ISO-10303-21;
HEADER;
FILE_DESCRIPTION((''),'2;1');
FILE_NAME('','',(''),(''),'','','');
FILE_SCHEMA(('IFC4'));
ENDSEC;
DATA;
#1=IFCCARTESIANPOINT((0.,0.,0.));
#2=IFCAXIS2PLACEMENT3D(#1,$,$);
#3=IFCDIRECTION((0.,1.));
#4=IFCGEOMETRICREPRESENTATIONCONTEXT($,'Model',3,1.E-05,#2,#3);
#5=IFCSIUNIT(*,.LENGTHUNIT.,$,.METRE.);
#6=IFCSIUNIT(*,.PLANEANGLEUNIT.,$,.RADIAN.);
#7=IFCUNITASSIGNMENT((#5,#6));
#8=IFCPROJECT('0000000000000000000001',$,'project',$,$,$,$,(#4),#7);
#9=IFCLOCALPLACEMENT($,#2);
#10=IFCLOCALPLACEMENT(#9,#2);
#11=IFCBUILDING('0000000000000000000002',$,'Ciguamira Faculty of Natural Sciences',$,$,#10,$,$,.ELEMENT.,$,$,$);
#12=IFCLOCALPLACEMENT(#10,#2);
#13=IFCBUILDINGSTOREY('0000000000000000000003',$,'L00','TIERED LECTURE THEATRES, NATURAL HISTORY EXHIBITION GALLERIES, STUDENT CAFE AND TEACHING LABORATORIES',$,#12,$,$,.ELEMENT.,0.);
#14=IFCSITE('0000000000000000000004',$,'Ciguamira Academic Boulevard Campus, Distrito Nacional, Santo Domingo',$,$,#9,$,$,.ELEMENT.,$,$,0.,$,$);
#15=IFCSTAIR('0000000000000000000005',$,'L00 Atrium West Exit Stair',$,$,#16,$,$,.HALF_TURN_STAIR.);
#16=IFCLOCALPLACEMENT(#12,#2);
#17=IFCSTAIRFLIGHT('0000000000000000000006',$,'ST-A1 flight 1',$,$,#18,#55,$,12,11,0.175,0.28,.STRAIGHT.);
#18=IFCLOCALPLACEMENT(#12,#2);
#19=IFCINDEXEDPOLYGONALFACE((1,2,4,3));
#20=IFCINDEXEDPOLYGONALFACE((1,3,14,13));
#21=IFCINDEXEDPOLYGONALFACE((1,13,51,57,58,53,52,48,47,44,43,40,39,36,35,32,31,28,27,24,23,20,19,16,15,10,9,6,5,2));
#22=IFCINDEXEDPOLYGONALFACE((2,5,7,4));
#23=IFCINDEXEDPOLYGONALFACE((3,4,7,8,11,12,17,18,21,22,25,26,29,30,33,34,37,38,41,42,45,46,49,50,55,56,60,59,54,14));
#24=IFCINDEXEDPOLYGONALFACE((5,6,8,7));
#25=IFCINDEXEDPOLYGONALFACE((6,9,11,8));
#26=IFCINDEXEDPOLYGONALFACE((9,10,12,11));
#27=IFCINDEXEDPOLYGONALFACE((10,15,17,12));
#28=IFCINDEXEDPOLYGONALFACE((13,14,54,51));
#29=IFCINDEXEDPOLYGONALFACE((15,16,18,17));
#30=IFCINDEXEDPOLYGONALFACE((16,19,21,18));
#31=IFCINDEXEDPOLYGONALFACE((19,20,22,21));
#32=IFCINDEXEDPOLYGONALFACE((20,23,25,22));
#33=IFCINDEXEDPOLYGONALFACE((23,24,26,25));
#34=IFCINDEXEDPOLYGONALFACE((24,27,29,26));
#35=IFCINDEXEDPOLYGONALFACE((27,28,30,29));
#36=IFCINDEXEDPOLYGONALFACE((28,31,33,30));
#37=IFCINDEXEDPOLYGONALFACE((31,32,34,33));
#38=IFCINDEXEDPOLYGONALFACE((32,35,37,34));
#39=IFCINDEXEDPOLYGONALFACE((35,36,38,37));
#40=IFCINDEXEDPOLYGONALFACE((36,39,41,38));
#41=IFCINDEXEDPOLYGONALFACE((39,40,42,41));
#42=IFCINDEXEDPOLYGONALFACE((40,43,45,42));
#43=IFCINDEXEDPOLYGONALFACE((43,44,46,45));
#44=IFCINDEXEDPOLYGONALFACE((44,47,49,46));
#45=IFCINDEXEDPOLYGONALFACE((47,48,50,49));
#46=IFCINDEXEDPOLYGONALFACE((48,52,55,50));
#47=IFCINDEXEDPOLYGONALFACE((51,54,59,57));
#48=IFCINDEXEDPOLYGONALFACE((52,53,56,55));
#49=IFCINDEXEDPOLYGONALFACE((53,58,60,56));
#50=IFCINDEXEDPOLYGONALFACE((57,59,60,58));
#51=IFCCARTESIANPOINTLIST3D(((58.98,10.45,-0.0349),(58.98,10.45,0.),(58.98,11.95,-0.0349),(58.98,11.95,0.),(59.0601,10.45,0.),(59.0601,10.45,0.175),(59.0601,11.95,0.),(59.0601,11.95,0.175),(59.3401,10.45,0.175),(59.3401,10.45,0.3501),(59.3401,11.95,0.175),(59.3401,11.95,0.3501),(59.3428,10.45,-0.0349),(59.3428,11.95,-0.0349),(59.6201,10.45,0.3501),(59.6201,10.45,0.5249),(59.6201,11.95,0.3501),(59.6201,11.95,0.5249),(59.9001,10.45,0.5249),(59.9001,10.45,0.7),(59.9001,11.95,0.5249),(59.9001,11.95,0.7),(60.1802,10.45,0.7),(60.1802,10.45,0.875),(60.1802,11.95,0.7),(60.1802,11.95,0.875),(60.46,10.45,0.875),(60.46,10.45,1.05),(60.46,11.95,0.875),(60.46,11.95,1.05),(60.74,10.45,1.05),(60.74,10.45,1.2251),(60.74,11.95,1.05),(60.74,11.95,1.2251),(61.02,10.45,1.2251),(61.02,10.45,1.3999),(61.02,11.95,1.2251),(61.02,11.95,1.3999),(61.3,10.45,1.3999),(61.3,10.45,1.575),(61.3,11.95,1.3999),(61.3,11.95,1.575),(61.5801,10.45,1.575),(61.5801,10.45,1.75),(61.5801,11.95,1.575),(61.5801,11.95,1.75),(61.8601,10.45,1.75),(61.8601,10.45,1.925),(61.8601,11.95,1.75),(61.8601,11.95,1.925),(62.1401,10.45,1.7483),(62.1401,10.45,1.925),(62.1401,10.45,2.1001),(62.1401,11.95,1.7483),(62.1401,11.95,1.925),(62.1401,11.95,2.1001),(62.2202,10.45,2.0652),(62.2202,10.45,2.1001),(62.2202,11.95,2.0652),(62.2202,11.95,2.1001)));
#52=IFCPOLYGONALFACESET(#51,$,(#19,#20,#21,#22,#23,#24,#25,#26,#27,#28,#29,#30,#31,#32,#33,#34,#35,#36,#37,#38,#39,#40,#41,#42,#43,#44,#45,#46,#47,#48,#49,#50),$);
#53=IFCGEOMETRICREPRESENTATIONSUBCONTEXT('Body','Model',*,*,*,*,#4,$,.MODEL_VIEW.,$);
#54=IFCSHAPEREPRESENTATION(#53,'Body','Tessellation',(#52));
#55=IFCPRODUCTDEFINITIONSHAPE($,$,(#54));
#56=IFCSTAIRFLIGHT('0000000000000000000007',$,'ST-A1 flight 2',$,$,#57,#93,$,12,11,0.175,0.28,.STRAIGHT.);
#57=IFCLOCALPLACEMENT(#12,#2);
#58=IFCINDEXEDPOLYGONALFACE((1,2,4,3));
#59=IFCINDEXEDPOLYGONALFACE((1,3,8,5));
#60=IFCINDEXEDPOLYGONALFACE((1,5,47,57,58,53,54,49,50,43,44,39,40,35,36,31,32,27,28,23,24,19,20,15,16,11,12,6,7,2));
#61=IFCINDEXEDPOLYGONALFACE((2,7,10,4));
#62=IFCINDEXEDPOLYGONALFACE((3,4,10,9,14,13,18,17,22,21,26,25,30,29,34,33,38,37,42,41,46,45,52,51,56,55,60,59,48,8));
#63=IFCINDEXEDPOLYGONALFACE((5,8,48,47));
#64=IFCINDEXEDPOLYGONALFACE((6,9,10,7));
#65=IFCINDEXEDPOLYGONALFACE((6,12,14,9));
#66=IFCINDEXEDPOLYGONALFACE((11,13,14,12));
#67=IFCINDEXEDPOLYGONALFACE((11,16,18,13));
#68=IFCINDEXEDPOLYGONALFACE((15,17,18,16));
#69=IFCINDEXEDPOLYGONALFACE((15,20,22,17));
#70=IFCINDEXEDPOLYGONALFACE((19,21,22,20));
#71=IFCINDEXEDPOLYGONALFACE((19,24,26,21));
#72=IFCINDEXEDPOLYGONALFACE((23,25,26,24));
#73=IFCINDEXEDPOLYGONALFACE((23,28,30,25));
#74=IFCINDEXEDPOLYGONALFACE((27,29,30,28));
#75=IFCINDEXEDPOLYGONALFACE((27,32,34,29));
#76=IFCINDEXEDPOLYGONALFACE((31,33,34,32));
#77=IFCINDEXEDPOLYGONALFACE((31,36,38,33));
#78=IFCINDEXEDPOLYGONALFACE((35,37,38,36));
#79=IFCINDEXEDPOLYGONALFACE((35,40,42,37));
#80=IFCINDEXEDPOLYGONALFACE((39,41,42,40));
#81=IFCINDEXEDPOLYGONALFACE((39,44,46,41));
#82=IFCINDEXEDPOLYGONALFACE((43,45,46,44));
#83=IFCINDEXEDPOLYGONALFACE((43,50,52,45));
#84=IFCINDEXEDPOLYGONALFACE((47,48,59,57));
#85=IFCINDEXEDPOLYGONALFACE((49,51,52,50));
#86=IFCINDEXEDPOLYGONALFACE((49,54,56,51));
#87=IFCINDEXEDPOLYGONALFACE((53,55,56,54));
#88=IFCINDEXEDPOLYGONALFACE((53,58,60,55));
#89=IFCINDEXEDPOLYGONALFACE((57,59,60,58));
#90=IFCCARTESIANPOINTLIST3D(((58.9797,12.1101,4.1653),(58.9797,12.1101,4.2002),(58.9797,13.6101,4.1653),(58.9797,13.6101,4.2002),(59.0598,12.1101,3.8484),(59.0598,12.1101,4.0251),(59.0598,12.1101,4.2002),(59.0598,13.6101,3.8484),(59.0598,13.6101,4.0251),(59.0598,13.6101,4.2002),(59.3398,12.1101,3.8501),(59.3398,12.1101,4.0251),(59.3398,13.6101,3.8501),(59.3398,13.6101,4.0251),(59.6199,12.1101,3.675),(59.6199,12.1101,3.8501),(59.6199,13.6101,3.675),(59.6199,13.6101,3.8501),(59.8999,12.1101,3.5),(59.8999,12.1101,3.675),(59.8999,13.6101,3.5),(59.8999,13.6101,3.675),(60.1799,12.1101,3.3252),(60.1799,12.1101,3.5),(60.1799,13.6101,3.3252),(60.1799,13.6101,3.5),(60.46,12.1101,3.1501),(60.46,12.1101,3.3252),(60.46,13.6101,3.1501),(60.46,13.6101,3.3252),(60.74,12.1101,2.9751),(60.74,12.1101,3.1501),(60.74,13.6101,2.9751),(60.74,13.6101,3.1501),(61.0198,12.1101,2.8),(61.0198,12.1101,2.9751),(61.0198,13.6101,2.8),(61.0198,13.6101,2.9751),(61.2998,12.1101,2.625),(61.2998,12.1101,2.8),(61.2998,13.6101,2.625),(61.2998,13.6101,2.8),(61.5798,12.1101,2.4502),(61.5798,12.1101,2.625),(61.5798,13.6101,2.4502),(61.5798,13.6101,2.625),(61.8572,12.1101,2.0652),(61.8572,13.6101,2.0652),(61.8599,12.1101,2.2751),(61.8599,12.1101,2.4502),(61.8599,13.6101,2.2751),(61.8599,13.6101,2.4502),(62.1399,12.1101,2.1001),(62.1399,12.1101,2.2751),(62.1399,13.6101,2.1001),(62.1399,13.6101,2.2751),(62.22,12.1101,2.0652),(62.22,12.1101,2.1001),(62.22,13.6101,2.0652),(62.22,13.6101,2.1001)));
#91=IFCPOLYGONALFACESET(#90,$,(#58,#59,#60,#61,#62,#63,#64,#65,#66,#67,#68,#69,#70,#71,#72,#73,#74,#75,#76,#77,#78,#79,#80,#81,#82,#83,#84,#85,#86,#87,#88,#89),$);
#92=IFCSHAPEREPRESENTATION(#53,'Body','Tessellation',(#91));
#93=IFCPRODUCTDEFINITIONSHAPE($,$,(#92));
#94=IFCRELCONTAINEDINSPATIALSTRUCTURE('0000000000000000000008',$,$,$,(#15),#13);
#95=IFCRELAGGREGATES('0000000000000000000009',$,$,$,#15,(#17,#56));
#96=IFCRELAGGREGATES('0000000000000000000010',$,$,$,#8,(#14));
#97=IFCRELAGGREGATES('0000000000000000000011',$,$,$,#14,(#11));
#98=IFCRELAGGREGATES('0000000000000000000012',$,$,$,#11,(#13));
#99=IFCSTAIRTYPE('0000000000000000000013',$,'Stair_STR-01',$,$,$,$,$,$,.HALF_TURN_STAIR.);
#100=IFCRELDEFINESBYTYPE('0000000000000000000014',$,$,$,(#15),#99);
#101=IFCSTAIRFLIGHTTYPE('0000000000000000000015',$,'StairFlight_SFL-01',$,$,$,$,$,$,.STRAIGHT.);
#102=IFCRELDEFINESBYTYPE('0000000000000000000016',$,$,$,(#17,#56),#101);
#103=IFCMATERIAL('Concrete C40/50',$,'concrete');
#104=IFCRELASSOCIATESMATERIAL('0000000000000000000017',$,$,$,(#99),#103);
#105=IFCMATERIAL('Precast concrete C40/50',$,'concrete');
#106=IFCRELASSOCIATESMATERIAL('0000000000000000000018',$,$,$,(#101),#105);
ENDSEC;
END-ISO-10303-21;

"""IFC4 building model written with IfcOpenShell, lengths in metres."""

from ifc_helpers import new_model, si_unit, direction, frame, origin, place, context, subcontext, project, spatial, polyline, outline, extrude, material, type_object, element, aggregate, save


model = new_model("IFC4")

# Units and contexts
model_context = context("Model", 3, precision=1e-05, world=origin(), true_north=direction((0.0, 1.0)))
body_context = subcontext(model_context, "Body", "Model", "MODEL_VIEW")
ifc_project = project(units=[si_unit("LENGTHUNIT", "METRE"), si_unit("PLANEANGLEUNIT", "RADIAN")], contexts=[model_context])

# Site, building, storey
site_placement = place(None, origin())
site = spatial("IfcSite", under=ifc_project, at=site_placement, Name="Ciguamira Academic Boulevard Campus, Distrito Nacional, Santo Domingo", CompositionType="ELEMENT", RefElevation=0.0)
building_placement = place(site_placement, origin())
building = spatial("IfcBuilding", under=site, at=building_placement, Name="Ciguamira Faculty of Natural Sciences", CompositionType="ELEMENT")
storey_placement = place(building_placement, origin())
storey = spatial("IfcBuildingStorey", under=building, at=storey_placement, Name="L00", Description="TIERED LECTURE THEATRES, NATURAL HISTORY EXHIBITION GALLERIES, STUDENT CAFE AND TEACHING LABORATORIES", CompositionType="ELEMENT", Elevation=0.0)

# Shared definitions
ifc_material_1 = material(Name="Concrete C40/50", Category="concrete")

# Stair, stair flights
stair_type = type_object("IfcStairType", Name="Stair_STR-01", PredefinedType="HALF_TURN_STAIR", material=ifc_material_1)
stair_placement = place(storey_placement, origin())
stair = element("IfcStair", 1, at=stair_placement, inside=storey, type_object=stair_type, Name="L00 Atrium West Exit Stair", PredefinedType="HALF_TURN_STAIR")
ifc_material_2 = material(Name="Precast concrete C40/50", Category="concrete")
stair_flight_type = type_object("IfcStairFlightType", Name="StairFlight_SFL-01", PredefinedType="STRAIGHT", material=ifc_material_2)
stair_flight_1_placement = place(storey_placement, frame((59.0601, 11.2, 0.0), z_axis=(0.0, 0.0, 1.0), x_axis=(1.0, 0.0, 0.0)))
stair_flight_1 = element("IfcStairFlight", 2, at=stair_flight_1_placement, type_object=stair_flight_type, Name="ST-A1 flight 1", NumberOfRisers=12, NumberOfTreads=11, PredefinedType="STRAIGHT", RiserHeight=0.175, TreadLength=0.28, context=body_context, shape_type="SweptSolid", body=[
    extrude(outline(polyline([(-0.0801, -0.0349), (-0.0801, 0.0), (0.0, 0.0), (0.0, 0.175), (0.28, 0.175), (0.28, 0.3501), (0.5601, 0.3501), (0.5601, 0.5249), (0.8401, 0.5249), (0.8401, 0.7), (1.1201, 0.7), (1.1201, 0.875), (1.3999, 0.875), (1.3999, 1.05), (1.6799, 1.05), (1.6799, 1.2251), (1.96, 1.2251), (1.96, 1.3999), (2.24, 1.3999), (2.24, 1.575), (2.52, 1.575), (2.52, 1.75), (2.8, 1.75), (2.8, 1.925), (3.0801, 1.925), (3.0801, 2.1001), (3.1602, 2.1001), (3.1602, 2.0652), (3.0801, 1.7483), (0.2827, -0.0349), (-0.0801, -0.0349)])), frame((0.0, 0.75, 0.0), z_axis=(0.0, -1.0, 0.0), x_axis=(1.0, 0.0, 0.0)), (0.0, 0.0, 1.0), 1.5),
])
stair_flight_2_placement = place(storey_placement, frame((62.1399, 12.8601, 2.1001), z_axis=(0.0, 0.0, 1.0), x_axis=(-1.0, 0.0, 0.0)))
stair_flight_2 = element("IfcStairFlight", 3, at=stair_flight_2_placement, type_object=stair_flight_type, Name="ST-A1 flight 2", NumberOfRisers=12, NumberOfTreads=11, PredefinedType="STRAIGHT", RiserHeight=0.175, TreadLength=0.28, context=body_context, shape_type="SweptSolid", body=[
    extrude(outline(polyline([(-0.0801, -0.0349), (-0.0801, 0.0), (0.0, 0.0), (0.0, 0.175), (0.28, 0.175), (0.28, 0.3501), (0.5601, 0.3501), (0.5601, 0.5249), (0.8401, 0.5249), (0.8401, 0.7), (1.1201, 0.7), (1.1201, 0.875), (1.3999, 0.875), (1.3999, 1.05), (1.6799, 1.05), (1.6799, 1.2251), (1.96, 1.2251), (1.96, 1.3999), (2.24, 1.3999), (2.24, 1.575), (2.52, 1.575), (2.52, 1.75), (2.8, 1.75), (2.8, 1.925), (3.0801, 1.925), (3.0801, 2.1001), (3.1602, 2.1001), (3.1602, 2.0652), (3.0801, 1.7483), (0.2827, -0.0349), (-0.0801, -0.0349)])), frame((0.0, 0.75, 0.0), z_axis=(0.0, -1.0, 0.0), x_axis=(1.0, 0.0, 0.0)), (0.0, 0.0, 1.0), 1.5),
])
aggregate(stair, [stair_flight_1, stair_flight_2])

save(model, "model.ifc")
